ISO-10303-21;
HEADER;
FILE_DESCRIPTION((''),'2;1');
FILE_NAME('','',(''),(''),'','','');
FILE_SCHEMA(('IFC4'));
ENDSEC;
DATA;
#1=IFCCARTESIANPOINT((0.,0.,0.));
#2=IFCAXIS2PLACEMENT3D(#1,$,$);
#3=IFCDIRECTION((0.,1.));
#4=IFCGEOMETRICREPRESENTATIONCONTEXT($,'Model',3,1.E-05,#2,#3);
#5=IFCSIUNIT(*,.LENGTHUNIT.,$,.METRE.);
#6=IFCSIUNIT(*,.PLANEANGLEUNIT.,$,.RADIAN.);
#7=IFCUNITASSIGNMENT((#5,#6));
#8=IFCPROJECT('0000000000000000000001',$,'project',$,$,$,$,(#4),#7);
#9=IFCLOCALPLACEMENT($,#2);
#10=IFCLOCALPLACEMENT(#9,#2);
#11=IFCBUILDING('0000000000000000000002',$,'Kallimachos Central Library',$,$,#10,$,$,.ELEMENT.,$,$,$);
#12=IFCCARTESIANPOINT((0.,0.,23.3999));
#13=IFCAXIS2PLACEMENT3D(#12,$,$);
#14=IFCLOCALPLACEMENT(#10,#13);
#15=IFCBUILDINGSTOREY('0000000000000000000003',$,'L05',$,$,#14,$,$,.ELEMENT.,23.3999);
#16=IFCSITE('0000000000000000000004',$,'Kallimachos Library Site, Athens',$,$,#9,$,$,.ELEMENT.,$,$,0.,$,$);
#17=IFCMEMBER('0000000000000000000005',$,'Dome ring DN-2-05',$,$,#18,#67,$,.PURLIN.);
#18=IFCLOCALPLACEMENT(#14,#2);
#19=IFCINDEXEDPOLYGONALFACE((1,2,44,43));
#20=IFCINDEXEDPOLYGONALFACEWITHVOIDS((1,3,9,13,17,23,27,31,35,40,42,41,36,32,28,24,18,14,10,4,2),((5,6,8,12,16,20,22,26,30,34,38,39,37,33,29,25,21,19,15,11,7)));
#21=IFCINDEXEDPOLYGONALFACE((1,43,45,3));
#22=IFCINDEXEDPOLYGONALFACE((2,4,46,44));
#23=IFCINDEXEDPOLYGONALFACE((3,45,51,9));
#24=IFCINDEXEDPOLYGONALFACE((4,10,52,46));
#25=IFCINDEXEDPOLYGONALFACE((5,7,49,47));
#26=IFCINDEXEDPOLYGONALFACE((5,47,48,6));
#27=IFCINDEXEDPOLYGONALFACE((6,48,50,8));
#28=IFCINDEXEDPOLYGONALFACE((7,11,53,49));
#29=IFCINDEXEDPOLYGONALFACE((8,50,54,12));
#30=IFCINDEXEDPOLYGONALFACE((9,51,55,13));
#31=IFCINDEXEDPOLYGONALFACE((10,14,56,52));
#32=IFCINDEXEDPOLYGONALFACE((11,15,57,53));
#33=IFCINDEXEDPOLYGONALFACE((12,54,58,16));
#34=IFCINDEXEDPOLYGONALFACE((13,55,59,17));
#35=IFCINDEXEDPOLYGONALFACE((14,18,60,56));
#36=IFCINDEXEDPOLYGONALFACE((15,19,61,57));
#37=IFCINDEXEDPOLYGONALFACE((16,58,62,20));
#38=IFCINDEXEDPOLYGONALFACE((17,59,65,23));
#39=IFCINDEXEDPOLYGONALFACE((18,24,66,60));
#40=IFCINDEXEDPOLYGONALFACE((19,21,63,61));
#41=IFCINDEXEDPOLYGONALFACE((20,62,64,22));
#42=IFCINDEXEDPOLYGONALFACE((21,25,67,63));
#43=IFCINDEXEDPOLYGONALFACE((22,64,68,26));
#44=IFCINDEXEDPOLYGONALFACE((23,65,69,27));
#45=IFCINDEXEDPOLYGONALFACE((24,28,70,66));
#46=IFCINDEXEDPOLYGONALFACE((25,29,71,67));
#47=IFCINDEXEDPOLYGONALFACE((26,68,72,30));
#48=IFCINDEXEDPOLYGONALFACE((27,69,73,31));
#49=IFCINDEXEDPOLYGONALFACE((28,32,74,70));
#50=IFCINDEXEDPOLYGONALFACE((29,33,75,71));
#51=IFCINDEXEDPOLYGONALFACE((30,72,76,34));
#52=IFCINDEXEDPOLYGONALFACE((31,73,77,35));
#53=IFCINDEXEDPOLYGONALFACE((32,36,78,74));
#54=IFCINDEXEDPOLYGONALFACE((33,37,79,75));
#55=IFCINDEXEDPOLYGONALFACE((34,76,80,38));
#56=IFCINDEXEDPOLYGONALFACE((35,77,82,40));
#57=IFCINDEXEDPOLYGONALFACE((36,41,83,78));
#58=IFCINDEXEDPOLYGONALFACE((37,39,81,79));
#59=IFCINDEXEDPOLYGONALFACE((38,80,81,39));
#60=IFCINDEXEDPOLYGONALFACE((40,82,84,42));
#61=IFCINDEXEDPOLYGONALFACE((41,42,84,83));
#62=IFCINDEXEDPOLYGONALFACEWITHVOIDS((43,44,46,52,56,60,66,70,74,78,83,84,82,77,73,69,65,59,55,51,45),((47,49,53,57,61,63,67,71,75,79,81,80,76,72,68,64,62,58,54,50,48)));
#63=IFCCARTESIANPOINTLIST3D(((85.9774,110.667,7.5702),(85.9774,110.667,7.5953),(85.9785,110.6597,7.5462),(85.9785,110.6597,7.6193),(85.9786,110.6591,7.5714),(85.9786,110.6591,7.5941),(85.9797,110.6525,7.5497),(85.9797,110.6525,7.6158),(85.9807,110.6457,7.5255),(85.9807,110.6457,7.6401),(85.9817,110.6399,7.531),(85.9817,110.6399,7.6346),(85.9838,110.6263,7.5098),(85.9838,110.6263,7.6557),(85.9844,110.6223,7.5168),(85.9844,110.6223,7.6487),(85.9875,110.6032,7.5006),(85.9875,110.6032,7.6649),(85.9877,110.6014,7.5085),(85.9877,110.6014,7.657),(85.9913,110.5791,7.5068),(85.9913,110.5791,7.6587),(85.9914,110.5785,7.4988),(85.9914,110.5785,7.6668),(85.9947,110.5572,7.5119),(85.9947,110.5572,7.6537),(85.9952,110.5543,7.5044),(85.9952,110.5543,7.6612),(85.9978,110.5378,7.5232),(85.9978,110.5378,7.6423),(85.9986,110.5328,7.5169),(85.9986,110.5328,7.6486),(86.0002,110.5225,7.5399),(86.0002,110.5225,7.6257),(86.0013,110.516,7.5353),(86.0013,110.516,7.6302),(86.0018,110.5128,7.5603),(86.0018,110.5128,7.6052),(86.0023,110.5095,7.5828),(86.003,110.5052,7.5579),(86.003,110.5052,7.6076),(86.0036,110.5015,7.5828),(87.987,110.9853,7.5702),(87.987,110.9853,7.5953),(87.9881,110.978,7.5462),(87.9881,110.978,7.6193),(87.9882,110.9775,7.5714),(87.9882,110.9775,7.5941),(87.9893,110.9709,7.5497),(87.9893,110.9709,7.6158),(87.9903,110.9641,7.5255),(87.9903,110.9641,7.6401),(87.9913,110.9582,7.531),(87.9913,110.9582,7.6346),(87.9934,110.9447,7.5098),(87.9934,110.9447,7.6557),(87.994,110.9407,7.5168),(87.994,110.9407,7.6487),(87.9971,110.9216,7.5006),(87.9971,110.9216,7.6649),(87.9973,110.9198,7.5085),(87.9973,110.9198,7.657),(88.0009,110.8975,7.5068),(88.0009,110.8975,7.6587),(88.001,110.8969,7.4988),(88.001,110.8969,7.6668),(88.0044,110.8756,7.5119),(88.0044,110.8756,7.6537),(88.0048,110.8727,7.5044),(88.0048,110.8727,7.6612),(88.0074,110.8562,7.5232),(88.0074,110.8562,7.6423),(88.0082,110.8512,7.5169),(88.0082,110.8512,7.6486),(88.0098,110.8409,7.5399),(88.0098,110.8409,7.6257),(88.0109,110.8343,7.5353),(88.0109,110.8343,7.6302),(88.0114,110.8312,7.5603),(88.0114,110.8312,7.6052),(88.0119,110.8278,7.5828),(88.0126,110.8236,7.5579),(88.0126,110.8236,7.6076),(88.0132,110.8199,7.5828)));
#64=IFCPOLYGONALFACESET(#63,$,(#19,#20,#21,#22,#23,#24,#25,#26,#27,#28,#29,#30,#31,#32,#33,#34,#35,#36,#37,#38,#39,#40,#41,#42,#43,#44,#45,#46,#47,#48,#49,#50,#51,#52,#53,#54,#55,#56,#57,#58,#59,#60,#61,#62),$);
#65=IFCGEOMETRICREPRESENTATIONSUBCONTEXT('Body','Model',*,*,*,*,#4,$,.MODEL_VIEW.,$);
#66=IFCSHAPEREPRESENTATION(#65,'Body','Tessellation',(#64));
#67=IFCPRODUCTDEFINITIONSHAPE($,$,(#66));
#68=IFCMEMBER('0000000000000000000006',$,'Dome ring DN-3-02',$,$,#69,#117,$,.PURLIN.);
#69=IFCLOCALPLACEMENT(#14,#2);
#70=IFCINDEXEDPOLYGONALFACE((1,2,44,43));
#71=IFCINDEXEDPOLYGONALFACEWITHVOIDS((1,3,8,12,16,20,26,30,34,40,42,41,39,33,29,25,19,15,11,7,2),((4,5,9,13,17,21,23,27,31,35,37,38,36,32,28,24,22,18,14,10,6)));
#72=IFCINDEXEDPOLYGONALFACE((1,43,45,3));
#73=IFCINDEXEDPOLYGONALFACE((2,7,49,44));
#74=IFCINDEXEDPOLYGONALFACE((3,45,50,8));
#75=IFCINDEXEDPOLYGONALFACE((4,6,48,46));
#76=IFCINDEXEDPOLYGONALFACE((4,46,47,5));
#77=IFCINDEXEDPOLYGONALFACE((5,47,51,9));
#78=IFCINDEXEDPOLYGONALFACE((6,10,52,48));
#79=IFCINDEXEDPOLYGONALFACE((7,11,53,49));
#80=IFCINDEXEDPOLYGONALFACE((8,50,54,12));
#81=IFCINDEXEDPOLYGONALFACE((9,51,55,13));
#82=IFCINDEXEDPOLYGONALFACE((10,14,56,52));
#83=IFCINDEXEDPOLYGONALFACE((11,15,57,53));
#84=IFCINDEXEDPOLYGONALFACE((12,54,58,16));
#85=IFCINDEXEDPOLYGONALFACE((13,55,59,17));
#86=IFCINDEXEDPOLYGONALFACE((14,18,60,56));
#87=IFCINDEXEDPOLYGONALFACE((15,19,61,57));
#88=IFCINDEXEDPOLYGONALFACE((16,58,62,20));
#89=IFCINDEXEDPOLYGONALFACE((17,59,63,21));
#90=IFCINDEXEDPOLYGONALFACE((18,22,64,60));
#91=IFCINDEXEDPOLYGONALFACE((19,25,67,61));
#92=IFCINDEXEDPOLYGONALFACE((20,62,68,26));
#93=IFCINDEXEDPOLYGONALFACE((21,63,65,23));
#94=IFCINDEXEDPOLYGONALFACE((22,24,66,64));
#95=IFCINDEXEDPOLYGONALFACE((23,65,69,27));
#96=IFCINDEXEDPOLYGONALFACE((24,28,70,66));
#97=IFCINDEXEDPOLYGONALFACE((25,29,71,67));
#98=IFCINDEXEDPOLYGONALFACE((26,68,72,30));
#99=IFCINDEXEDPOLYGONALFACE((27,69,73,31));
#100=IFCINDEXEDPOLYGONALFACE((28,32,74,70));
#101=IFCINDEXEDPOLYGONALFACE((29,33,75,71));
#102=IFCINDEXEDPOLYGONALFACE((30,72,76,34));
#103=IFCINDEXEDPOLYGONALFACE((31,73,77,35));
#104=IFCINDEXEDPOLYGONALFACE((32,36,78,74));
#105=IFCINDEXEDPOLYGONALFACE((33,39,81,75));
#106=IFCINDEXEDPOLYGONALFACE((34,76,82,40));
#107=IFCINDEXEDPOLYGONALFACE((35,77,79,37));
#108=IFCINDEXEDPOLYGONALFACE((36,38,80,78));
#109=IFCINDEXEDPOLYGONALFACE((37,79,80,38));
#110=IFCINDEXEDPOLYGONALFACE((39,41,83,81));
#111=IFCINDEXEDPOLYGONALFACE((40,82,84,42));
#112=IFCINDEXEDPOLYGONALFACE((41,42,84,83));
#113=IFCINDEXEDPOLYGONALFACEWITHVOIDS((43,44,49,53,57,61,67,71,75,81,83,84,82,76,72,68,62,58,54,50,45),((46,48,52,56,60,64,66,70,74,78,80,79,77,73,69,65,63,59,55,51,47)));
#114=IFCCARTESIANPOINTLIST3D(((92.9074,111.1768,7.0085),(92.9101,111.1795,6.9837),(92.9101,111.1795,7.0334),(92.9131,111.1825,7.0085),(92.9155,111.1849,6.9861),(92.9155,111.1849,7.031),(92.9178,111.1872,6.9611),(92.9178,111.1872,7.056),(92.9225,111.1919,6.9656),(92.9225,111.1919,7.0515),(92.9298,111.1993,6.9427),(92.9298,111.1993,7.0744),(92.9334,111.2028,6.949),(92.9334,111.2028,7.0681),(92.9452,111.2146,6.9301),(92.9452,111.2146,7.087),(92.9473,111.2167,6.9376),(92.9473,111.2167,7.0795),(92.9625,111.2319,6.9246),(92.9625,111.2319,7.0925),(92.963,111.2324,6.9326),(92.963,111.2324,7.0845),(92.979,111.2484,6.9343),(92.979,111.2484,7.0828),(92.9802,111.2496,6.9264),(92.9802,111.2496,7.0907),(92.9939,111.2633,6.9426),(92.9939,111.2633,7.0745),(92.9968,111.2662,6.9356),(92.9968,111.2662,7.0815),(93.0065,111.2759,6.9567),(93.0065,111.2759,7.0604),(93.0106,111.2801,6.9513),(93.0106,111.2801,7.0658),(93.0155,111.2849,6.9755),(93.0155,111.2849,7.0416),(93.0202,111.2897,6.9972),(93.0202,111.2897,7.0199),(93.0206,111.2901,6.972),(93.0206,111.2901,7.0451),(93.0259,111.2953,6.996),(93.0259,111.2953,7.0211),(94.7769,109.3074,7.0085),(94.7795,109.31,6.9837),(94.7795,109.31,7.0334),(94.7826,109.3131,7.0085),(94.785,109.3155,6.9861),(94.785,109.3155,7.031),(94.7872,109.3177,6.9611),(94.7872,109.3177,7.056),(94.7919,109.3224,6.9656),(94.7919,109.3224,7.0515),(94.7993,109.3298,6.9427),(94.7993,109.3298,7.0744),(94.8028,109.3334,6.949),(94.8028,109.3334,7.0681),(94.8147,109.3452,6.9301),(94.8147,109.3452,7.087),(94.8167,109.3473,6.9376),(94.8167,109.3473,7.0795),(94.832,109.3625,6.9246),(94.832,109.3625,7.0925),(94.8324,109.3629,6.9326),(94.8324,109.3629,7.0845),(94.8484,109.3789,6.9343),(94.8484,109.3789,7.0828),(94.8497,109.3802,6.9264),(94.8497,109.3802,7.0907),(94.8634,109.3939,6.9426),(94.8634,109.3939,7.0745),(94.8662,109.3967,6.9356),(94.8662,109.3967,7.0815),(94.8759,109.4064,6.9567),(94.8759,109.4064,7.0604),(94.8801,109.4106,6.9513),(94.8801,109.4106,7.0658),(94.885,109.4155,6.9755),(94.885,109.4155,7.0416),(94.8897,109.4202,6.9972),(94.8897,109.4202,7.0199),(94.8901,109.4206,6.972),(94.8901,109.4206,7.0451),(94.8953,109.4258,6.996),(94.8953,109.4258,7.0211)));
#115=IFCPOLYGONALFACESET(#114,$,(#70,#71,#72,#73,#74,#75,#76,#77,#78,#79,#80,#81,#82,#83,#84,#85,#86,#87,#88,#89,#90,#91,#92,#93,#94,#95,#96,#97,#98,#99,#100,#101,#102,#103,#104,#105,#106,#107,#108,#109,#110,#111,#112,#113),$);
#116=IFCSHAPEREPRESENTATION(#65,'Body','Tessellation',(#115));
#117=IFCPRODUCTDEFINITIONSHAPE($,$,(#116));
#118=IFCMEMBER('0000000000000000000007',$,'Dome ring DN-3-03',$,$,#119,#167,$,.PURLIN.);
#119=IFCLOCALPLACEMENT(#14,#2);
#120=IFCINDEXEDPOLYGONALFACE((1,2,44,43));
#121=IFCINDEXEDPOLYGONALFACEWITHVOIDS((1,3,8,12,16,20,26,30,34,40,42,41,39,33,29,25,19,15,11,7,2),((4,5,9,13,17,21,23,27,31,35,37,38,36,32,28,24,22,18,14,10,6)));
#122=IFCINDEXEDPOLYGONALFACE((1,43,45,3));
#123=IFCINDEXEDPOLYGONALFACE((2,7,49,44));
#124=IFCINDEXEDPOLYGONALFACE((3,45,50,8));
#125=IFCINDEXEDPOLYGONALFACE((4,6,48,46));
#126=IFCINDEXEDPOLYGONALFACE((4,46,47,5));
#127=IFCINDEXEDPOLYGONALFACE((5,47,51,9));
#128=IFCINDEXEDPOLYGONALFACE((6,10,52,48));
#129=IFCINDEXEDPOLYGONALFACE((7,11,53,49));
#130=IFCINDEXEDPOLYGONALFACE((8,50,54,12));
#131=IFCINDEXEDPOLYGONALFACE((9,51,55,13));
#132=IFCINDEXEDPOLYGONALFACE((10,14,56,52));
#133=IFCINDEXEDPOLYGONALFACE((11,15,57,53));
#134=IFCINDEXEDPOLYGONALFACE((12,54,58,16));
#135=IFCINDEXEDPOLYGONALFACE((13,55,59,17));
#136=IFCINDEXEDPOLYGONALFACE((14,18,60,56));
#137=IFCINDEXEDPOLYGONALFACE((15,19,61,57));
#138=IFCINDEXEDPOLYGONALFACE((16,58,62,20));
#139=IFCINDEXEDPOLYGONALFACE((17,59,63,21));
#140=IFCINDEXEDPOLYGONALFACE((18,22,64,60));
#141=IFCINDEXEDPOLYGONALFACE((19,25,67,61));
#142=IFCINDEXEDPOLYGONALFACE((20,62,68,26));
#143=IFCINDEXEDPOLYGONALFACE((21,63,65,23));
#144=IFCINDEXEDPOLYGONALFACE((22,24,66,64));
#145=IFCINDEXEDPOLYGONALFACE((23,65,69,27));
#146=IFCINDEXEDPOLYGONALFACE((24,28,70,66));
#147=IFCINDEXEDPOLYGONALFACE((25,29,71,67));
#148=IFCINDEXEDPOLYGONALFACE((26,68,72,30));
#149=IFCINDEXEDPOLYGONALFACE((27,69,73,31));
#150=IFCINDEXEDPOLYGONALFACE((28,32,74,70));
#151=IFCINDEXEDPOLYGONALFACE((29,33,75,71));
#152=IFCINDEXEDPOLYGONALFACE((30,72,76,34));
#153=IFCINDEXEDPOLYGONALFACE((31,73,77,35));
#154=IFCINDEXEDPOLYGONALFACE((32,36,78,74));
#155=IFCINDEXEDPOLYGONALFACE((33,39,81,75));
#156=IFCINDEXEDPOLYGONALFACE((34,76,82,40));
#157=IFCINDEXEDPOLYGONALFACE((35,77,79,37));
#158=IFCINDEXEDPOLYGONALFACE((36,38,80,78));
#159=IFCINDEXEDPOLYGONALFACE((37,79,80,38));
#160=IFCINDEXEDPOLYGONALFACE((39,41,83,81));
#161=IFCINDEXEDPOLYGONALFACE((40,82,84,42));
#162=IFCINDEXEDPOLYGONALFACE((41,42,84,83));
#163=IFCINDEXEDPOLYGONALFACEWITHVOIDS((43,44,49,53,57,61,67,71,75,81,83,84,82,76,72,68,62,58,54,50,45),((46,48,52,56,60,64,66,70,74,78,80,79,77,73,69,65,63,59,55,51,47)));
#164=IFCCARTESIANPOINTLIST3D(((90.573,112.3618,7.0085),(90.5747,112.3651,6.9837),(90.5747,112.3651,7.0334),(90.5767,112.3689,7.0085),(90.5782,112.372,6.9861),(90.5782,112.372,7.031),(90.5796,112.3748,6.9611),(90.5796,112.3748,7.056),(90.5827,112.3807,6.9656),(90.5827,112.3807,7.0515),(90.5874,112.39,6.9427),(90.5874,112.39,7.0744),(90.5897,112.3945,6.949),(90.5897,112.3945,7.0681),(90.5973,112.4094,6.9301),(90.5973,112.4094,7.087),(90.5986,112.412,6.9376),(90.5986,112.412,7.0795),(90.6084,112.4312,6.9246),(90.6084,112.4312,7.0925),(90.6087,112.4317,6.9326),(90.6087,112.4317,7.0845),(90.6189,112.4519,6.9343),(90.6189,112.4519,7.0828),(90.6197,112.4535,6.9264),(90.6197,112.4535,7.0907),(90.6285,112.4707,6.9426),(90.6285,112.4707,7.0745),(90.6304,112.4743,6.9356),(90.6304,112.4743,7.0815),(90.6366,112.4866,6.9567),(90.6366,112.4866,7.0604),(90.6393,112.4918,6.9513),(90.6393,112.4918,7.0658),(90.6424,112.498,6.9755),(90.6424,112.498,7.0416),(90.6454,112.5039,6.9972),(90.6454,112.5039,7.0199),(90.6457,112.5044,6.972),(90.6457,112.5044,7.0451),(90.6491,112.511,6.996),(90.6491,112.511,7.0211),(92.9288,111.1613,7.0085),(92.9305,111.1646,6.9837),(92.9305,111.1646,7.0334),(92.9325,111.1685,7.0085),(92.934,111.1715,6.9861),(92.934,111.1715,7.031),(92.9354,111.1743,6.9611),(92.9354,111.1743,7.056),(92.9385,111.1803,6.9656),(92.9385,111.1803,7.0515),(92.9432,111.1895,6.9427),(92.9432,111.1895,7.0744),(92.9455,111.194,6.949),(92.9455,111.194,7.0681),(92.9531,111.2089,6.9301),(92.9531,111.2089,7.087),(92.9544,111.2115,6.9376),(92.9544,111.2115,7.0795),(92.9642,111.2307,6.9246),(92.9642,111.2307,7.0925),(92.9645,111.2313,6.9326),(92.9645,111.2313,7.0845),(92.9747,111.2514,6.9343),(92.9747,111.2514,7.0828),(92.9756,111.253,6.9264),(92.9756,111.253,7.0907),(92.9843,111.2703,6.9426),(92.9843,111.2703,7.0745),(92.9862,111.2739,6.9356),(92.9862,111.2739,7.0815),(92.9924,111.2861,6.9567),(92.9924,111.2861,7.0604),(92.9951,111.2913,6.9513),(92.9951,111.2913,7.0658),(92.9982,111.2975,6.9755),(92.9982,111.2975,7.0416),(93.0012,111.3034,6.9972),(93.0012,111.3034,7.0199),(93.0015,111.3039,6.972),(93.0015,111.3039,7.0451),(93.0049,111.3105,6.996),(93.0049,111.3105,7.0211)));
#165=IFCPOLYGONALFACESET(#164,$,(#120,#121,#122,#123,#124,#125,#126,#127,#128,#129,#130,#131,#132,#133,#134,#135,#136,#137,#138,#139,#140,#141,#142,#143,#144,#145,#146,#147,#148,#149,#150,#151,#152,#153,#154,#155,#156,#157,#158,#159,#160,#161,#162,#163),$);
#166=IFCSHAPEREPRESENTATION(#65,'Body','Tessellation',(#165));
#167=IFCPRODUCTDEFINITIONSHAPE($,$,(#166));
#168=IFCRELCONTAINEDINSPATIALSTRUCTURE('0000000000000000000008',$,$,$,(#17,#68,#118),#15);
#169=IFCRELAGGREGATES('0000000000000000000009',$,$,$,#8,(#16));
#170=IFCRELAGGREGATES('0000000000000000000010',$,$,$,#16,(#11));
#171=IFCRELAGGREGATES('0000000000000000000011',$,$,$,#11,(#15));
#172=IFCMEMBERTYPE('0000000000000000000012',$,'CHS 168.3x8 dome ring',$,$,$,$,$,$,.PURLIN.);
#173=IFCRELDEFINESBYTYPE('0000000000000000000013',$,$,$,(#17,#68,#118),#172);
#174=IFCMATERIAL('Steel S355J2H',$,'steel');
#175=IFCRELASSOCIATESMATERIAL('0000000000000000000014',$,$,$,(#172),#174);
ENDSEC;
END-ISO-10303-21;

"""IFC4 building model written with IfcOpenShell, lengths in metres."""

from ifc_helpers import new_model, si_unit, direction, frame, origin, origin_2d, place, context, subcontext, project, spatial, hollow_circle, extrude, material, material_profile, profile_set, type_object, element, save


model = new_model("IFC4")

# Units and contexts
model_context = context("Model", 3, precision=1e-05, world=origin(), true_north=direction((0.0, 1.0)))
body_context = subcontext(model_context, "Body", "Model", "MODEL_VIEW")
ifc_project = project(units=[si_unit("LENGTHUNIT", "METRE"), si_unit("PLANEANGLEUNIT", "RADIAN")], contexts=[model_context])

# Site, building, storey
site_placement = place(None, origin())
site = spatial("IfcSite", under=ifc_project, at=site_placement, Name="Kallimachos Library Site, Athens", CompositionType="ELEMENT", RefElevation=0.0)
building_placement = place(site_placement, origin())
building = spatial("IfcBuilding", under=site, at=building_placement, Name="Kallimachos Central Library", CompositionType="ELEMENT")
storey_placement = place(building_placement, frame((0.0, 0.0, 23.3999)))
storey = spatial("IfcBuildingStorey", under=building, at=storey_placement, Name="L05", CompositionType="ELEMENT", Elevation=23.3999)

# Members
ifc_material_1 = material(Name="Steel S355J2H", Category="steel")
ifc_material_profile_1 = material_profile(ifc_material_1, hollow_circle(Radius=0.0842, WallThickness=0.0081, at=origin_2d()), Name="CHS 168.3x8")
ifc_profile_set_1 = profile_set([ifc_material_profile_1], Name="Steel S355J2H")
member_type_1 = type_object("IfcMemberType", Name="CHS 168.3x8 dome ring", PredefinedType="PURLIN", material=ifc_profile_set_1)
for number, where, z_axis, x_axis, name in (
    (1, (88.0, 110.9031, 7.5828), (-0.987682, -0.156474, 0.0), (0.156474, -0.987682, 0.0), "Dome ring DN-2-05"),
):
    element("IfcMember", number, at=place(storey_placement, frame(where, z_axis=z_axis, x_axis=x_axis)), inside=storey, type_object=member_type_1, Name=name, PredefinedType="PURLIN", context=body_context, shape_type="SweptSolid", body=[
        extrude(hollow_circle(Radius=0.0842, WallThickness=0.0081, at=origin_2d()), origin(), (0.0, 0.0, 1.0), 2.0347),
    ])
member_1_placement = place(storey_placement, frame((94.8364, 109.3669, 7.0085), z_axis=(-0.707107, 0.707107, 0.0), x_axis=(-0.707107, -0.707107, 0.0)))
element("IfcMember", 2, at=member_1_placement, inside=storey, type_object=member_type_1, Name="Dome ring DN-3-02", PredefinedType="PURLIN", context=body_context, shape_type="SweptSolid", body=[
    extrude(hollow_circle(Radius=0.0842, WallThickness=0.0081, at=origin_2d()), origin(), (0.0, 0.0, 1.0), 2.6438),
])
member_2_placement = place(storey_placement, frame((92.967, 111.2363, 7.0085), z_axis=(-0.890985, 0.454034, 0.0), x_axis=(-0.454034, -0.890985, 0.0)))
element("IfcMember", 3, at=member_2_placement, inside=storey, type_object=member_type_1, Name="Dome ring DN-3-03", PredefinedType="PURLIN", context=body_context, shape_type="SweptSolid", body=[
    extrude(hollow_circle(Radius=0.0842, WallThickness=0.0081, at=origin_2d()), origin(), (0.0, 0.0, 1.0), 2.644),
])

save(model, "model.ifc")
